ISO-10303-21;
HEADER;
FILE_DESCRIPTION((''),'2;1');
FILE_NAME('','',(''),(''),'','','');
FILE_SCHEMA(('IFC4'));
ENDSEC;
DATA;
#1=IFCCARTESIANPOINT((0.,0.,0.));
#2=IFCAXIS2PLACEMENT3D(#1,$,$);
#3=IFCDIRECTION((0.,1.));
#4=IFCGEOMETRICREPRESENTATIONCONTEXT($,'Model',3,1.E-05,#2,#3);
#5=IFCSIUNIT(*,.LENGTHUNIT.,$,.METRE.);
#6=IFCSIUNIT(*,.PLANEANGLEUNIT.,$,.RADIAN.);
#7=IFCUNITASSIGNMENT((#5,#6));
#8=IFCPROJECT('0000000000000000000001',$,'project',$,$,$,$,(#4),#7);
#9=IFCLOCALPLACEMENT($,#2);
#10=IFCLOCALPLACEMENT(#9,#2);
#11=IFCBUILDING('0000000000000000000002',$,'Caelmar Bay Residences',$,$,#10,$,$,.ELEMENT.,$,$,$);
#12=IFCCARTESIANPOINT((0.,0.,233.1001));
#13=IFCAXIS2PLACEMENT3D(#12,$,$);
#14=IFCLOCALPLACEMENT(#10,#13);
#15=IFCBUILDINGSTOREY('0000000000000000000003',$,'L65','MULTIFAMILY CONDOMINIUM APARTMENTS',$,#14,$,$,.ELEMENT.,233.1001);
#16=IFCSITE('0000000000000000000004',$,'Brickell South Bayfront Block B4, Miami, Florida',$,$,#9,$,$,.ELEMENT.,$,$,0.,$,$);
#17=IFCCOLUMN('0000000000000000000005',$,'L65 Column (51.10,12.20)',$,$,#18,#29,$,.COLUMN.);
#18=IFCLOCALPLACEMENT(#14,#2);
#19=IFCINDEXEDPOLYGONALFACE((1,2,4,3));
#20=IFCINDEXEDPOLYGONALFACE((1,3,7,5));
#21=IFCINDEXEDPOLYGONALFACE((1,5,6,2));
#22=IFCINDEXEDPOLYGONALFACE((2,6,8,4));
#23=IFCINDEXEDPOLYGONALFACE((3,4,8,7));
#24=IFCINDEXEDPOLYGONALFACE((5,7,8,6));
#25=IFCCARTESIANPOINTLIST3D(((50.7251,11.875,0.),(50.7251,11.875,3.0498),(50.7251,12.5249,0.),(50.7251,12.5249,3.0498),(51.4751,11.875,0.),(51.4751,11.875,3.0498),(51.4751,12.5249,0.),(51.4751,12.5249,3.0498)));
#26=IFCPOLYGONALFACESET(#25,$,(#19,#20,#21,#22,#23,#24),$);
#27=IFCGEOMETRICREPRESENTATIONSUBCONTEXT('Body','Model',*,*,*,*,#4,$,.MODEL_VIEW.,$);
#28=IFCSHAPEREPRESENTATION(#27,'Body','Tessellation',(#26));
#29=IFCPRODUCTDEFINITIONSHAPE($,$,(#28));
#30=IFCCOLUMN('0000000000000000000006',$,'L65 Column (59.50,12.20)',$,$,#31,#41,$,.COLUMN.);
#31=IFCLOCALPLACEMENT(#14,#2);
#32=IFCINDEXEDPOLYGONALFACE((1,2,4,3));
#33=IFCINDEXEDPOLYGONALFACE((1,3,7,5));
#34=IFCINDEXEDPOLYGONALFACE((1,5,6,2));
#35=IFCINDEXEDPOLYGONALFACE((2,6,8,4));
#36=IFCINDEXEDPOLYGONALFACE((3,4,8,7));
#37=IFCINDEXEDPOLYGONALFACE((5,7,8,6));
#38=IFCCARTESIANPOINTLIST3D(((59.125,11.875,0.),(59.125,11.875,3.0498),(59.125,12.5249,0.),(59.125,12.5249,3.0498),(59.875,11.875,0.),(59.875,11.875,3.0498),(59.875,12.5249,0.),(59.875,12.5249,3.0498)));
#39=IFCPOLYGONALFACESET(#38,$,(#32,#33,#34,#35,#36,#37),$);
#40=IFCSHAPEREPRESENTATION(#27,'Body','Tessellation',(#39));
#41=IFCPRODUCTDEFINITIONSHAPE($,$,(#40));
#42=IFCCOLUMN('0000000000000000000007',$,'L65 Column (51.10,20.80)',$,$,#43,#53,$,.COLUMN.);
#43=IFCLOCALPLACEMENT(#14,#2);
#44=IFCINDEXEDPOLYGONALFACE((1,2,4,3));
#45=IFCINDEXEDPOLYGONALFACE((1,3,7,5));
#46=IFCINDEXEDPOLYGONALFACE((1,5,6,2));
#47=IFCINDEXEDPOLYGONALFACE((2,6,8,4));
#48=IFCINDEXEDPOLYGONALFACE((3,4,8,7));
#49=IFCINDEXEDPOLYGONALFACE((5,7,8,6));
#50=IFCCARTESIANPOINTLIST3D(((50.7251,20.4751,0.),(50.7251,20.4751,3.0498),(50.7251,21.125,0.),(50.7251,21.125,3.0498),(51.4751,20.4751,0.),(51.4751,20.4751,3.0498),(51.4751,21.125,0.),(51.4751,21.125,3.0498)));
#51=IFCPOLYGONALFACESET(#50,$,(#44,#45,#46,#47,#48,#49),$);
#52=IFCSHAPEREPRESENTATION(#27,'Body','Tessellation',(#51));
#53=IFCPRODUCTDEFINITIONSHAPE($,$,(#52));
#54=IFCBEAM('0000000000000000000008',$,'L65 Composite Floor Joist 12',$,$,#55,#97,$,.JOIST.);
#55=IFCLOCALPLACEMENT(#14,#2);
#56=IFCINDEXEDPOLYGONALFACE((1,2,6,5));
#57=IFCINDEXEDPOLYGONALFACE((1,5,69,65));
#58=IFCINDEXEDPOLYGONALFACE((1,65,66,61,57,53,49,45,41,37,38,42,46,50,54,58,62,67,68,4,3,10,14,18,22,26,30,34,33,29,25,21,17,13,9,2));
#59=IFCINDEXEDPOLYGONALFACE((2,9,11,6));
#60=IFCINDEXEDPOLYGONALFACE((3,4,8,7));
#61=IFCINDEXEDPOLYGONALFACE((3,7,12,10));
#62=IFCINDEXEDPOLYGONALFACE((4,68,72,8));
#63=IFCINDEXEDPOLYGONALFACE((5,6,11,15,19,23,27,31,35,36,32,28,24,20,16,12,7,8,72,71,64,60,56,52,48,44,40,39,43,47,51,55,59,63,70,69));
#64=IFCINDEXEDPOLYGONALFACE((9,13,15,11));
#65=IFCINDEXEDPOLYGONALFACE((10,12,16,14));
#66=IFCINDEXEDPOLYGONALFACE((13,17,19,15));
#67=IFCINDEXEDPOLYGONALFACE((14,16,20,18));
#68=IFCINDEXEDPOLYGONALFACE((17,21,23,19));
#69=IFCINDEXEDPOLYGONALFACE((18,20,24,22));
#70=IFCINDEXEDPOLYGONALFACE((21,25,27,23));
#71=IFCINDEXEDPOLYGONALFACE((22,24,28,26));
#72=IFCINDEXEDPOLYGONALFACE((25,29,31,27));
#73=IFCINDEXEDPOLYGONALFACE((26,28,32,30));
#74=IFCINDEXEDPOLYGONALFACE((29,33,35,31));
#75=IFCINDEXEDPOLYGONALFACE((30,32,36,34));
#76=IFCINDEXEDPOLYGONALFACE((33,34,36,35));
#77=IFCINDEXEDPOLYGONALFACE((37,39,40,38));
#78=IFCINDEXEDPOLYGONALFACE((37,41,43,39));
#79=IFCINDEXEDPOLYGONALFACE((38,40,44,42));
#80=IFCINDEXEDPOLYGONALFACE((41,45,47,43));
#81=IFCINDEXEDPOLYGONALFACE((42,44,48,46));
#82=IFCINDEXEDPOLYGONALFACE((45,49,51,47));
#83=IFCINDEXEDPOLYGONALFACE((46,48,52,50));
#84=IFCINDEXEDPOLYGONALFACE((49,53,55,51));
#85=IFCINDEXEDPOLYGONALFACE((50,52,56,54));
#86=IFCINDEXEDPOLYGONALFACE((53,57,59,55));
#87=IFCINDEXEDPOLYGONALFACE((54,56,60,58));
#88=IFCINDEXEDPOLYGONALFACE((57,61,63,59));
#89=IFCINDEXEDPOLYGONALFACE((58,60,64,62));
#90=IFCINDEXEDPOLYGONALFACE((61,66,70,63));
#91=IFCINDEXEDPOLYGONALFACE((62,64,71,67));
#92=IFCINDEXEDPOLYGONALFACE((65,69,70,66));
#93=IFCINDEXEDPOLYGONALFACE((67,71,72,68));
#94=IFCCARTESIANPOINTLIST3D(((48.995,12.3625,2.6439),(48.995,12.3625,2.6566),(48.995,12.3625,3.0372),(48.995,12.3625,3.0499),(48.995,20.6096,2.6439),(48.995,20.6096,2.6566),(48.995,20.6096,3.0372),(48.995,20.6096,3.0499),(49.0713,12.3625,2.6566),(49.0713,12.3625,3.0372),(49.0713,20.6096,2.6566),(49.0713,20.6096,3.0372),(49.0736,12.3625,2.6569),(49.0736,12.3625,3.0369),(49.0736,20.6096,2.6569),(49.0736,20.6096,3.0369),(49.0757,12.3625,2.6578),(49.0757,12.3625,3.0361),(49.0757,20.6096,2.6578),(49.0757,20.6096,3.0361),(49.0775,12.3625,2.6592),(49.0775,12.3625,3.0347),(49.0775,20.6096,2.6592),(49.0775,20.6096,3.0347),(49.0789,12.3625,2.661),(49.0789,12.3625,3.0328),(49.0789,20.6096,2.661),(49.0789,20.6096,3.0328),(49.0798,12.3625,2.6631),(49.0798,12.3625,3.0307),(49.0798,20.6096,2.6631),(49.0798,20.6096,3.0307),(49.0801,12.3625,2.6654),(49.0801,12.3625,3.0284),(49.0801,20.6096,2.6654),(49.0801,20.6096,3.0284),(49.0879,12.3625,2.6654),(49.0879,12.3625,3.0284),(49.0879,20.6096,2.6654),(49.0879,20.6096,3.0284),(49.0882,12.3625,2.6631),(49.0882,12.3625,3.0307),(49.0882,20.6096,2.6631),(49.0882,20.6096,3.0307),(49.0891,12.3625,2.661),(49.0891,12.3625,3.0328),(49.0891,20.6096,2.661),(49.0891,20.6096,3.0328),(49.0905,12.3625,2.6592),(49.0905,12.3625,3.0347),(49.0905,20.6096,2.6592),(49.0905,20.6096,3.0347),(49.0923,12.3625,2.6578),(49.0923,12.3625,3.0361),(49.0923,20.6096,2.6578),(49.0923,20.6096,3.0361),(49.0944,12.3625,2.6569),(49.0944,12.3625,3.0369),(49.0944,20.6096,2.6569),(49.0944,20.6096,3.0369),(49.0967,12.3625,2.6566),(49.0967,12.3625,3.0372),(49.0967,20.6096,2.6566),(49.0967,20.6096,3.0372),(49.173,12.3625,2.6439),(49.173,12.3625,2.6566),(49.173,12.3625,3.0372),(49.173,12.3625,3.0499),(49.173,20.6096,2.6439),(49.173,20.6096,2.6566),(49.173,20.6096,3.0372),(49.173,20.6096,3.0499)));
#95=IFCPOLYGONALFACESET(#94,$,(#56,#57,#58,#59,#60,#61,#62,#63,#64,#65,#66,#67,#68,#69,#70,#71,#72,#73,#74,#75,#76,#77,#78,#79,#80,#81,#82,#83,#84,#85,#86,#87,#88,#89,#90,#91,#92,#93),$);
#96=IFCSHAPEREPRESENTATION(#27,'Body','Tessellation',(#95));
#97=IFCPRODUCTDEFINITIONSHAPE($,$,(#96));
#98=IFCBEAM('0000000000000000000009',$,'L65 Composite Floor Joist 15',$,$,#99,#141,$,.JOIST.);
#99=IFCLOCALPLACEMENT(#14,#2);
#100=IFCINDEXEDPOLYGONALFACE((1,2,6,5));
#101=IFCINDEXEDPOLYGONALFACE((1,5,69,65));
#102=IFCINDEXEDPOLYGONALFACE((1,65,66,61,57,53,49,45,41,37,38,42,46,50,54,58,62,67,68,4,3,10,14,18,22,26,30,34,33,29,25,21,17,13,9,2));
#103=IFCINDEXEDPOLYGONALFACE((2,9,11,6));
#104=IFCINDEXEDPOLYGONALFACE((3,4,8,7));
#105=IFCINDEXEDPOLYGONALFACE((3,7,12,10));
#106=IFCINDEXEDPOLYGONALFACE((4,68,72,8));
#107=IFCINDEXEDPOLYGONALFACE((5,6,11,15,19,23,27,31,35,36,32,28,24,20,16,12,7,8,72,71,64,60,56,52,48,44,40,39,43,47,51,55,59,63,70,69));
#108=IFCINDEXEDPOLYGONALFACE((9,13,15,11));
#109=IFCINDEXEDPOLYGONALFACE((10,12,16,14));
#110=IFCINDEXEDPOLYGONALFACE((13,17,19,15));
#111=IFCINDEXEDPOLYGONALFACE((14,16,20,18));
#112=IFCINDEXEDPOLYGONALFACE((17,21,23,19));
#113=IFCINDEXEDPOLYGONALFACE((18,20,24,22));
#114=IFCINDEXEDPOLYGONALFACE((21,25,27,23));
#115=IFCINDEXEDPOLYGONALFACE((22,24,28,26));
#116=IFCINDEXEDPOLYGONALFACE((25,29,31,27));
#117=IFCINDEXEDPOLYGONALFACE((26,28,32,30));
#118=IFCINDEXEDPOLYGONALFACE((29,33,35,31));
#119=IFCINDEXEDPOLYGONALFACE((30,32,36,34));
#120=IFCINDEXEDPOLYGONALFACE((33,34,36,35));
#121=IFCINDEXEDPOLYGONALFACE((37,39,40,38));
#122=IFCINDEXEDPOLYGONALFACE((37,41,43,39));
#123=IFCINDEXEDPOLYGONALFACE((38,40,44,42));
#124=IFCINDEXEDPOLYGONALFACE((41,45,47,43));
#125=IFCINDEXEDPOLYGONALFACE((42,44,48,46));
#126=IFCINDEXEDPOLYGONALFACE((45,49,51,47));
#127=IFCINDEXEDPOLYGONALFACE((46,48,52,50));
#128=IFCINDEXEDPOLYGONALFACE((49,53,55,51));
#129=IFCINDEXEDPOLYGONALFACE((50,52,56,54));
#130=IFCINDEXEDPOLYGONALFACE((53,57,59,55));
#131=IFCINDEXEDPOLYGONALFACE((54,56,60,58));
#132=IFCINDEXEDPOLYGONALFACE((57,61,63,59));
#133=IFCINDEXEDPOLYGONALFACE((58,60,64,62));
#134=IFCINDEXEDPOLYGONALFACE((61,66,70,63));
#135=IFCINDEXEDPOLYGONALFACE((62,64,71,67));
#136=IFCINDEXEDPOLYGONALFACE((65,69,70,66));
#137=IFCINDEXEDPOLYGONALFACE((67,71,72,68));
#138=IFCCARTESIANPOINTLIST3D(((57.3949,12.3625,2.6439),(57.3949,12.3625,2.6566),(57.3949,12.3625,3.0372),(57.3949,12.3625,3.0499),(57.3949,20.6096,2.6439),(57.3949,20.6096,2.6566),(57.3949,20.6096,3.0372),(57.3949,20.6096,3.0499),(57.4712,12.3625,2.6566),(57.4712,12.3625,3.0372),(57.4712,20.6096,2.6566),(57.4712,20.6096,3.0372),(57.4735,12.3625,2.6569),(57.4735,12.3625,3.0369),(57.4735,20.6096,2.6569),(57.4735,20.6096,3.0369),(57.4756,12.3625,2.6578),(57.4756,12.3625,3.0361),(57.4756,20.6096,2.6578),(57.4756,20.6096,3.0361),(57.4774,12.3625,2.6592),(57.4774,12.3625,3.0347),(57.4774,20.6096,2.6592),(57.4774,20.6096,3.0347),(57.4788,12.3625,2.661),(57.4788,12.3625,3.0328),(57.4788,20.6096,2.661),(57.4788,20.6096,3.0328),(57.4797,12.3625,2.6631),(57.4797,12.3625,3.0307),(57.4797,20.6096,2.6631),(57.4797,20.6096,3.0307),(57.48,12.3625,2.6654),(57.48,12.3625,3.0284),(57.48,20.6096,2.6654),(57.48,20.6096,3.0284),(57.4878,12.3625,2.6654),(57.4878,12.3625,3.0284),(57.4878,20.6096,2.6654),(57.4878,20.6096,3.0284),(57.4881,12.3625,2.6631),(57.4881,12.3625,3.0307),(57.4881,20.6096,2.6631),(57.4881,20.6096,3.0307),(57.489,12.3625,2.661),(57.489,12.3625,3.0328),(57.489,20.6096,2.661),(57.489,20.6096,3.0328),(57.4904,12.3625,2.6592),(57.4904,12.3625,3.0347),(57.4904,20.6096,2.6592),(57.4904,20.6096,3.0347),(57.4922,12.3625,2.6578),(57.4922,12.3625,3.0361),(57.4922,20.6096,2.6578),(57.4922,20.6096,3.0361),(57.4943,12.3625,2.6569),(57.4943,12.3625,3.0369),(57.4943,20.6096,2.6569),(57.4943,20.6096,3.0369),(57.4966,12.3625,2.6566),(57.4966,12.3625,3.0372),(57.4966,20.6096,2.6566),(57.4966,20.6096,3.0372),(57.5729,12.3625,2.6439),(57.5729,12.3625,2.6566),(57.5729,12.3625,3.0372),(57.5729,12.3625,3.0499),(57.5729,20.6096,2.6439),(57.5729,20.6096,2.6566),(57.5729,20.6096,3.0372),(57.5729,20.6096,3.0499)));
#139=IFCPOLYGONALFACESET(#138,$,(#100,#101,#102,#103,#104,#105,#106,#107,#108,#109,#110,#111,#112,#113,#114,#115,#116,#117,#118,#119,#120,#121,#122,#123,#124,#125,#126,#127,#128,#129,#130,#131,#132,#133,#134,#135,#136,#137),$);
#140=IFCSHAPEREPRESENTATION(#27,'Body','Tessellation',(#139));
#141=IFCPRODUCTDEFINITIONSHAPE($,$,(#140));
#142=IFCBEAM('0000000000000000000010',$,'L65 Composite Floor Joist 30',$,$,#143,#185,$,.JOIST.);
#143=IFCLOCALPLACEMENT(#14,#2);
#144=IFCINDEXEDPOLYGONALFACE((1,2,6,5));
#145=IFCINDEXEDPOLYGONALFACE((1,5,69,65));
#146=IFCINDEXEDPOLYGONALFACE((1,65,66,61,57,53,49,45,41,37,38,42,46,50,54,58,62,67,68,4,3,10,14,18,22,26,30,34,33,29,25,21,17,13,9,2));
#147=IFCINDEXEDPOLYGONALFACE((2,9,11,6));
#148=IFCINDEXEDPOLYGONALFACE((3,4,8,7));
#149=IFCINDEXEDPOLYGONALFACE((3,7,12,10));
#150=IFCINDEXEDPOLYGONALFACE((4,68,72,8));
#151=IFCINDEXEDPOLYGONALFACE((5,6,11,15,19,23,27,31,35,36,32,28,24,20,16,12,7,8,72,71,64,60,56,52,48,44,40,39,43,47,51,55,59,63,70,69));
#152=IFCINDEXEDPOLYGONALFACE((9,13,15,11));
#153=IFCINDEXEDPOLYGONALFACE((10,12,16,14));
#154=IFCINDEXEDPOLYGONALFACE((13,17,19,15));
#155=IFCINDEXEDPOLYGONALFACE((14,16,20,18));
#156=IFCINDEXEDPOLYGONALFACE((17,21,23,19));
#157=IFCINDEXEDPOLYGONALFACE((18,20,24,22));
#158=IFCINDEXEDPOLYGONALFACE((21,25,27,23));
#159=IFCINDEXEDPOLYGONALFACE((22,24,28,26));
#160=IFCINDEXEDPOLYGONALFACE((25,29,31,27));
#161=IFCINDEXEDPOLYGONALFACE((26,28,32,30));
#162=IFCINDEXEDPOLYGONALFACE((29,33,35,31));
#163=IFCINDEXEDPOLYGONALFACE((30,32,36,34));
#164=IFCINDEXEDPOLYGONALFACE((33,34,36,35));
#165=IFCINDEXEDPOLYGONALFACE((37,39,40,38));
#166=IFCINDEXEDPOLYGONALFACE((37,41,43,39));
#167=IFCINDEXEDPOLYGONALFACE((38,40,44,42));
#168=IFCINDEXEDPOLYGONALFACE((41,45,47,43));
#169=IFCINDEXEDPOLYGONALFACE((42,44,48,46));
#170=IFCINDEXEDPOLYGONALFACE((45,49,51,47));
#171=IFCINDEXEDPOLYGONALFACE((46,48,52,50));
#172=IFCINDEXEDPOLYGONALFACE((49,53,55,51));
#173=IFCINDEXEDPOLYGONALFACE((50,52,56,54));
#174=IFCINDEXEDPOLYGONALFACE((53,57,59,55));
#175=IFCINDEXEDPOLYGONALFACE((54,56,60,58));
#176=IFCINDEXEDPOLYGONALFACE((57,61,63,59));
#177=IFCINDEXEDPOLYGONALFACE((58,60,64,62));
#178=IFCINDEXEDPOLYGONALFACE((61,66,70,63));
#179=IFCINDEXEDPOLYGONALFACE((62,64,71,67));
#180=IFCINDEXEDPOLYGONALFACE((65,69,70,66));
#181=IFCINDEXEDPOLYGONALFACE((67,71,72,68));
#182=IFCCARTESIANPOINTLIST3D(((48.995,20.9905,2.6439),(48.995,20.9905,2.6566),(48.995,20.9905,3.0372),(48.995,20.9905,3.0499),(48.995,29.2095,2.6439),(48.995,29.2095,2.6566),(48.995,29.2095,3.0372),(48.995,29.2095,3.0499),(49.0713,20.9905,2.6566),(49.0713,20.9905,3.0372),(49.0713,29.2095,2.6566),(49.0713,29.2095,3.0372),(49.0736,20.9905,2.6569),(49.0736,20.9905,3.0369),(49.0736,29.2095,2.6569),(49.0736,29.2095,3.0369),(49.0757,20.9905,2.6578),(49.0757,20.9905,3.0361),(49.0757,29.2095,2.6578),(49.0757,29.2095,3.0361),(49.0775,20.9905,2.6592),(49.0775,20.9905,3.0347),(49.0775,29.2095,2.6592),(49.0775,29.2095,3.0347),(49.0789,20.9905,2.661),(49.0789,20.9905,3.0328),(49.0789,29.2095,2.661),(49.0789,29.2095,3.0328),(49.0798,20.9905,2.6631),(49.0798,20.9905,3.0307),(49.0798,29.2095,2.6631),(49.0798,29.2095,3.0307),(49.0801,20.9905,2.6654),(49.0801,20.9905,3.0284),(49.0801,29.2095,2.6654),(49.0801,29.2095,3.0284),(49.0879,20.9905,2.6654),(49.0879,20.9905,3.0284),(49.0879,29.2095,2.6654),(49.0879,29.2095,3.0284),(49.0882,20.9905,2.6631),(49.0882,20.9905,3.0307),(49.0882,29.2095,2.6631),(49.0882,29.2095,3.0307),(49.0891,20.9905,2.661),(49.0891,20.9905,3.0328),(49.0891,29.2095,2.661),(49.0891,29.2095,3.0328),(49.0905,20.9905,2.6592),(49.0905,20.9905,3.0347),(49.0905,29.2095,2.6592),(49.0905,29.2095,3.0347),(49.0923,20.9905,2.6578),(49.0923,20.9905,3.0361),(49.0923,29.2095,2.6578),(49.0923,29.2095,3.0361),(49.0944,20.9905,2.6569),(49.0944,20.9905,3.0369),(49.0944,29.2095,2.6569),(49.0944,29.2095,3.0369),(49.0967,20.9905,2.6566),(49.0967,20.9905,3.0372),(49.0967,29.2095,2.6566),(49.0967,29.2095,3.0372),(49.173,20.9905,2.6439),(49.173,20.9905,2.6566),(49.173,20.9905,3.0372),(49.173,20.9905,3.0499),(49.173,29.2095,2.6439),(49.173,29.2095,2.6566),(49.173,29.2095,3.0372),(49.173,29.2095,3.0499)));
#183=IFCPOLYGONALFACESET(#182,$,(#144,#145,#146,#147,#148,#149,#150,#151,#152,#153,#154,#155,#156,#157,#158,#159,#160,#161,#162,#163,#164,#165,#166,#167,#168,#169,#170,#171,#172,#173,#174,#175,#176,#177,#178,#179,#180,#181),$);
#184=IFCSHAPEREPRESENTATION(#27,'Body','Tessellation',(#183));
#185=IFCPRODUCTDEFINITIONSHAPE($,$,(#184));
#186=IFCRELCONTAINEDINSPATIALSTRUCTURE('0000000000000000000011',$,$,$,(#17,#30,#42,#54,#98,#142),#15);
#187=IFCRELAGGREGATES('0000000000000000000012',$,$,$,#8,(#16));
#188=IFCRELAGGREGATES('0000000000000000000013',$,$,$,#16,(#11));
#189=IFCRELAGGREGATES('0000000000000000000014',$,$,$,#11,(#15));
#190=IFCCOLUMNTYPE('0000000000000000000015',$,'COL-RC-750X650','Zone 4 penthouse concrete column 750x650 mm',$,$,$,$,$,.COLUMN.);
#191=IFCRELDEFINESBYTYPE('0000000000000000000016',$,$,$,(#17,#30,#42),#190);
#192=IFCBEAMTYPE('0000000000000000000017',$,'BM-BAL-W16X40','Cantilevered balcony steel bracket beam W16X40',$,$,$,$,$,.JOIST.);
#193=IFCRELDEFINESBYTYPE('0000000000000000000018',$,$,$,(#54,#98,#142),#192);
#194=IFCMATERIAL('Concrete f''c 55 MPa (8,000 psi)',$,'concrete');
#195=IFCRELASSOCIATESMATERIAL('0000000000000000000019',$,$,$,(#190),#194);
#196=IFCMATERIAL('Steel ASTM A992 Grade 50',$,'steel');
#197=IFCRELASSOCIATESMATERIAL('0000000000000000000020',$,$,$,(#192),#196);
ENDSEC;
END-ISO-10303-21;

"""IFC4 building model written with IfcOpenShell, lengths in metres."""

from ifc_helpers import new_model, si_unit, direction, frame, origin, origin_2d, place, context, subcontext, project, spatial, rectangle, i_section, extrude, material, material_profile, profile_set, type_object, element, save


model = new_model("IFC4")

# Units and contexts
model_context = context("Model", 3, precision=1e-05, world=origin(), true_north=direction((0.0, 1.0)))
body_context = subcontext(model_context, "Body", "Model", "MODEL_VIEW")
ifc_project = project(units=[si_unit("LENGTHUNIT", "METRE"), si_unit("PLANEANGLEUNIT", "RADIAN")], contexts=[model_context])

# Site, building, storey
site_placement = place(None, origin())
site = spatial("IfcSite", under=ifc_project, at=site_placement, Name="Brickell South Bayfront Block B4, Miami, Florida", CompositionType="ELEMENT", RefElevation=0.0)
building_placement = place(site_placement, origin())
building = spatial("IfcBuilding", under=site, at=building_placement, Name="Caelmar Bay Residences", CompositionType="ELEMENT")
storey_placement = place(building_placement, frame((0.0, 0.0, 233.1001)))
storey = spatial("IfcBuildingStorey", under=building, at=storey_placement, Name="L65", Description="MULTIFAMILY CONDOMINIUM APARTMENTS", CompositionType="ELEMENT", Elevation=233.1001)

# Columns
ifc_material_1 = material(Name="Concrete f'c 55 MPa (8,000 psi)", Category="concrete")
ifc_material_profile_1 = material_profile(ifc_material_1, rectangle(XDim=0.75, YDim=0.6499, at=origin_2d()), Name="RC-COL-750X650")
ifc_profile_set_1 = profile_set([ifc_material_profile_1], Name="Concrete f'c 55 MPa (8,000 psi)")
column_type = type_object("IfcColumnType", Name="COL-RC-750X650", Description="Zone 4 penthouse concrete column 750x650 mm", PredefinedType="COLUMN", material=ifc_profile_set_1)
for number, where, z_axis, x_axis, name in (
    (1, (51.1001, 12.2, 0.0), (0.0, 0.0, 1.0), (1.0, 0.0, 0.0), "L65 Column (51.10,12.20)"),
    (2, (59.5, 12.2, 0.0), (0.0, 0.0, 1.0), (1.0, 0.0, 0.0), "L65 Column (59.50,12.20)"),
    (3, (51.1001, 20.8, 0.0), (0.0, 0.0, 1.0), (1.0, 0.0, 0.0), "L65 Column (51.10,20.80)"),
):
    element("IfcColumn", number, at=place(storey_placement, frame(where, z_axis=z_axis, x_axis=x_axis)), inside=storey, type_object=column_type, Name=name, PredefinedType="COLUMN", context=body_context, shape_type="SweptSolid", body=[
        extrude(rectangle(XDim=0.75, YDim=0.6499, at=origin_2d()), origin(), (0.0, 0.0, 1.0), 3.0498),
    ])

# Beams
ifc_material_2 = material(Name="Steel ASTM A992 Grade 50", Category="steel")
ifc_material_profile_2 = material_profile(ifc_material_2, i_section(OverallWidth=0.178, OverallDepth=0.406, WebThickness=0.0078, FlangeThickness=0.0127, FilletRadius=0.0088, at=origin_2d()), Name="W16X40")
ifc_profile_set_2 = profile_set([ifc_material_profile_2], Name="Steel ASTM A992 Grade 50")
beam_type_1 = type_object("IfcBeamType", Name="BM-BAL-W16X40", Description="Cantilevered balcony steel bracket beam W16X40", PredefinedType="JOIST", material=ifc_profile_set_2)
for number, where, z_axis, x_axis, name in (
    (4, (49.084, 12.3625, 2.8469), (0.0, 1.0, 0.0), (-1.0, 0.0, 0.0), "L65 Composite Floor Joist 12"),
    (5, (57.4839, 12.3625, 2.8469), (0.0, 1.0, 0.0), (-1.0, 0.0, 0.0), "L65 Composite Floor Joist 15"),
):
    element("IfcBeam", number, at=place(storey_placement, frame(where, z_axis=z_axis, x_axis=x_axis)), inside=storey, type_object=beam_type_1, Name=name, PredefinedType="JOIST", context=body_context, shape_type="SweptSolid", body=[
        extrude(i_section(OverallWidth=0.178, OverallDepth=0.406, WebThickness=0.0078, FlangeThickness=0.0127, FilletRadius=0.0088, at=origin_2d()), origin(), (0.0, 0.0, 1.0), 8.2471),
    ])
for number, where, z_axis, x_axis, name in (
    (6, (49.084, 20.9905, 2.8469), (0.0, 1.0, 0.0), (-1.0, 0.0, 0.0), "L65 Composite Floor Joist 30"),
):
    element("IfcBeam", number, at=place(storey_placement, frame(where, z_axis=z_axis, x_axis=x_axis)), inside=storey, type_object=beam_type_1, Name=name, PredefinedType="JOIST", context=body_context, shape_type="SweptSolid", body=[
        extrude(i_section(OverallWidth=0.178, OverallDepth=0.406, WebThickness=0.0078, FlangeThickness=0.0127, FilletRadius=0.0088, at=origin_2d()), origin(), (0.0, 0.0, 1.0), 8.219),
    ])

save(model, "model.ifc")
